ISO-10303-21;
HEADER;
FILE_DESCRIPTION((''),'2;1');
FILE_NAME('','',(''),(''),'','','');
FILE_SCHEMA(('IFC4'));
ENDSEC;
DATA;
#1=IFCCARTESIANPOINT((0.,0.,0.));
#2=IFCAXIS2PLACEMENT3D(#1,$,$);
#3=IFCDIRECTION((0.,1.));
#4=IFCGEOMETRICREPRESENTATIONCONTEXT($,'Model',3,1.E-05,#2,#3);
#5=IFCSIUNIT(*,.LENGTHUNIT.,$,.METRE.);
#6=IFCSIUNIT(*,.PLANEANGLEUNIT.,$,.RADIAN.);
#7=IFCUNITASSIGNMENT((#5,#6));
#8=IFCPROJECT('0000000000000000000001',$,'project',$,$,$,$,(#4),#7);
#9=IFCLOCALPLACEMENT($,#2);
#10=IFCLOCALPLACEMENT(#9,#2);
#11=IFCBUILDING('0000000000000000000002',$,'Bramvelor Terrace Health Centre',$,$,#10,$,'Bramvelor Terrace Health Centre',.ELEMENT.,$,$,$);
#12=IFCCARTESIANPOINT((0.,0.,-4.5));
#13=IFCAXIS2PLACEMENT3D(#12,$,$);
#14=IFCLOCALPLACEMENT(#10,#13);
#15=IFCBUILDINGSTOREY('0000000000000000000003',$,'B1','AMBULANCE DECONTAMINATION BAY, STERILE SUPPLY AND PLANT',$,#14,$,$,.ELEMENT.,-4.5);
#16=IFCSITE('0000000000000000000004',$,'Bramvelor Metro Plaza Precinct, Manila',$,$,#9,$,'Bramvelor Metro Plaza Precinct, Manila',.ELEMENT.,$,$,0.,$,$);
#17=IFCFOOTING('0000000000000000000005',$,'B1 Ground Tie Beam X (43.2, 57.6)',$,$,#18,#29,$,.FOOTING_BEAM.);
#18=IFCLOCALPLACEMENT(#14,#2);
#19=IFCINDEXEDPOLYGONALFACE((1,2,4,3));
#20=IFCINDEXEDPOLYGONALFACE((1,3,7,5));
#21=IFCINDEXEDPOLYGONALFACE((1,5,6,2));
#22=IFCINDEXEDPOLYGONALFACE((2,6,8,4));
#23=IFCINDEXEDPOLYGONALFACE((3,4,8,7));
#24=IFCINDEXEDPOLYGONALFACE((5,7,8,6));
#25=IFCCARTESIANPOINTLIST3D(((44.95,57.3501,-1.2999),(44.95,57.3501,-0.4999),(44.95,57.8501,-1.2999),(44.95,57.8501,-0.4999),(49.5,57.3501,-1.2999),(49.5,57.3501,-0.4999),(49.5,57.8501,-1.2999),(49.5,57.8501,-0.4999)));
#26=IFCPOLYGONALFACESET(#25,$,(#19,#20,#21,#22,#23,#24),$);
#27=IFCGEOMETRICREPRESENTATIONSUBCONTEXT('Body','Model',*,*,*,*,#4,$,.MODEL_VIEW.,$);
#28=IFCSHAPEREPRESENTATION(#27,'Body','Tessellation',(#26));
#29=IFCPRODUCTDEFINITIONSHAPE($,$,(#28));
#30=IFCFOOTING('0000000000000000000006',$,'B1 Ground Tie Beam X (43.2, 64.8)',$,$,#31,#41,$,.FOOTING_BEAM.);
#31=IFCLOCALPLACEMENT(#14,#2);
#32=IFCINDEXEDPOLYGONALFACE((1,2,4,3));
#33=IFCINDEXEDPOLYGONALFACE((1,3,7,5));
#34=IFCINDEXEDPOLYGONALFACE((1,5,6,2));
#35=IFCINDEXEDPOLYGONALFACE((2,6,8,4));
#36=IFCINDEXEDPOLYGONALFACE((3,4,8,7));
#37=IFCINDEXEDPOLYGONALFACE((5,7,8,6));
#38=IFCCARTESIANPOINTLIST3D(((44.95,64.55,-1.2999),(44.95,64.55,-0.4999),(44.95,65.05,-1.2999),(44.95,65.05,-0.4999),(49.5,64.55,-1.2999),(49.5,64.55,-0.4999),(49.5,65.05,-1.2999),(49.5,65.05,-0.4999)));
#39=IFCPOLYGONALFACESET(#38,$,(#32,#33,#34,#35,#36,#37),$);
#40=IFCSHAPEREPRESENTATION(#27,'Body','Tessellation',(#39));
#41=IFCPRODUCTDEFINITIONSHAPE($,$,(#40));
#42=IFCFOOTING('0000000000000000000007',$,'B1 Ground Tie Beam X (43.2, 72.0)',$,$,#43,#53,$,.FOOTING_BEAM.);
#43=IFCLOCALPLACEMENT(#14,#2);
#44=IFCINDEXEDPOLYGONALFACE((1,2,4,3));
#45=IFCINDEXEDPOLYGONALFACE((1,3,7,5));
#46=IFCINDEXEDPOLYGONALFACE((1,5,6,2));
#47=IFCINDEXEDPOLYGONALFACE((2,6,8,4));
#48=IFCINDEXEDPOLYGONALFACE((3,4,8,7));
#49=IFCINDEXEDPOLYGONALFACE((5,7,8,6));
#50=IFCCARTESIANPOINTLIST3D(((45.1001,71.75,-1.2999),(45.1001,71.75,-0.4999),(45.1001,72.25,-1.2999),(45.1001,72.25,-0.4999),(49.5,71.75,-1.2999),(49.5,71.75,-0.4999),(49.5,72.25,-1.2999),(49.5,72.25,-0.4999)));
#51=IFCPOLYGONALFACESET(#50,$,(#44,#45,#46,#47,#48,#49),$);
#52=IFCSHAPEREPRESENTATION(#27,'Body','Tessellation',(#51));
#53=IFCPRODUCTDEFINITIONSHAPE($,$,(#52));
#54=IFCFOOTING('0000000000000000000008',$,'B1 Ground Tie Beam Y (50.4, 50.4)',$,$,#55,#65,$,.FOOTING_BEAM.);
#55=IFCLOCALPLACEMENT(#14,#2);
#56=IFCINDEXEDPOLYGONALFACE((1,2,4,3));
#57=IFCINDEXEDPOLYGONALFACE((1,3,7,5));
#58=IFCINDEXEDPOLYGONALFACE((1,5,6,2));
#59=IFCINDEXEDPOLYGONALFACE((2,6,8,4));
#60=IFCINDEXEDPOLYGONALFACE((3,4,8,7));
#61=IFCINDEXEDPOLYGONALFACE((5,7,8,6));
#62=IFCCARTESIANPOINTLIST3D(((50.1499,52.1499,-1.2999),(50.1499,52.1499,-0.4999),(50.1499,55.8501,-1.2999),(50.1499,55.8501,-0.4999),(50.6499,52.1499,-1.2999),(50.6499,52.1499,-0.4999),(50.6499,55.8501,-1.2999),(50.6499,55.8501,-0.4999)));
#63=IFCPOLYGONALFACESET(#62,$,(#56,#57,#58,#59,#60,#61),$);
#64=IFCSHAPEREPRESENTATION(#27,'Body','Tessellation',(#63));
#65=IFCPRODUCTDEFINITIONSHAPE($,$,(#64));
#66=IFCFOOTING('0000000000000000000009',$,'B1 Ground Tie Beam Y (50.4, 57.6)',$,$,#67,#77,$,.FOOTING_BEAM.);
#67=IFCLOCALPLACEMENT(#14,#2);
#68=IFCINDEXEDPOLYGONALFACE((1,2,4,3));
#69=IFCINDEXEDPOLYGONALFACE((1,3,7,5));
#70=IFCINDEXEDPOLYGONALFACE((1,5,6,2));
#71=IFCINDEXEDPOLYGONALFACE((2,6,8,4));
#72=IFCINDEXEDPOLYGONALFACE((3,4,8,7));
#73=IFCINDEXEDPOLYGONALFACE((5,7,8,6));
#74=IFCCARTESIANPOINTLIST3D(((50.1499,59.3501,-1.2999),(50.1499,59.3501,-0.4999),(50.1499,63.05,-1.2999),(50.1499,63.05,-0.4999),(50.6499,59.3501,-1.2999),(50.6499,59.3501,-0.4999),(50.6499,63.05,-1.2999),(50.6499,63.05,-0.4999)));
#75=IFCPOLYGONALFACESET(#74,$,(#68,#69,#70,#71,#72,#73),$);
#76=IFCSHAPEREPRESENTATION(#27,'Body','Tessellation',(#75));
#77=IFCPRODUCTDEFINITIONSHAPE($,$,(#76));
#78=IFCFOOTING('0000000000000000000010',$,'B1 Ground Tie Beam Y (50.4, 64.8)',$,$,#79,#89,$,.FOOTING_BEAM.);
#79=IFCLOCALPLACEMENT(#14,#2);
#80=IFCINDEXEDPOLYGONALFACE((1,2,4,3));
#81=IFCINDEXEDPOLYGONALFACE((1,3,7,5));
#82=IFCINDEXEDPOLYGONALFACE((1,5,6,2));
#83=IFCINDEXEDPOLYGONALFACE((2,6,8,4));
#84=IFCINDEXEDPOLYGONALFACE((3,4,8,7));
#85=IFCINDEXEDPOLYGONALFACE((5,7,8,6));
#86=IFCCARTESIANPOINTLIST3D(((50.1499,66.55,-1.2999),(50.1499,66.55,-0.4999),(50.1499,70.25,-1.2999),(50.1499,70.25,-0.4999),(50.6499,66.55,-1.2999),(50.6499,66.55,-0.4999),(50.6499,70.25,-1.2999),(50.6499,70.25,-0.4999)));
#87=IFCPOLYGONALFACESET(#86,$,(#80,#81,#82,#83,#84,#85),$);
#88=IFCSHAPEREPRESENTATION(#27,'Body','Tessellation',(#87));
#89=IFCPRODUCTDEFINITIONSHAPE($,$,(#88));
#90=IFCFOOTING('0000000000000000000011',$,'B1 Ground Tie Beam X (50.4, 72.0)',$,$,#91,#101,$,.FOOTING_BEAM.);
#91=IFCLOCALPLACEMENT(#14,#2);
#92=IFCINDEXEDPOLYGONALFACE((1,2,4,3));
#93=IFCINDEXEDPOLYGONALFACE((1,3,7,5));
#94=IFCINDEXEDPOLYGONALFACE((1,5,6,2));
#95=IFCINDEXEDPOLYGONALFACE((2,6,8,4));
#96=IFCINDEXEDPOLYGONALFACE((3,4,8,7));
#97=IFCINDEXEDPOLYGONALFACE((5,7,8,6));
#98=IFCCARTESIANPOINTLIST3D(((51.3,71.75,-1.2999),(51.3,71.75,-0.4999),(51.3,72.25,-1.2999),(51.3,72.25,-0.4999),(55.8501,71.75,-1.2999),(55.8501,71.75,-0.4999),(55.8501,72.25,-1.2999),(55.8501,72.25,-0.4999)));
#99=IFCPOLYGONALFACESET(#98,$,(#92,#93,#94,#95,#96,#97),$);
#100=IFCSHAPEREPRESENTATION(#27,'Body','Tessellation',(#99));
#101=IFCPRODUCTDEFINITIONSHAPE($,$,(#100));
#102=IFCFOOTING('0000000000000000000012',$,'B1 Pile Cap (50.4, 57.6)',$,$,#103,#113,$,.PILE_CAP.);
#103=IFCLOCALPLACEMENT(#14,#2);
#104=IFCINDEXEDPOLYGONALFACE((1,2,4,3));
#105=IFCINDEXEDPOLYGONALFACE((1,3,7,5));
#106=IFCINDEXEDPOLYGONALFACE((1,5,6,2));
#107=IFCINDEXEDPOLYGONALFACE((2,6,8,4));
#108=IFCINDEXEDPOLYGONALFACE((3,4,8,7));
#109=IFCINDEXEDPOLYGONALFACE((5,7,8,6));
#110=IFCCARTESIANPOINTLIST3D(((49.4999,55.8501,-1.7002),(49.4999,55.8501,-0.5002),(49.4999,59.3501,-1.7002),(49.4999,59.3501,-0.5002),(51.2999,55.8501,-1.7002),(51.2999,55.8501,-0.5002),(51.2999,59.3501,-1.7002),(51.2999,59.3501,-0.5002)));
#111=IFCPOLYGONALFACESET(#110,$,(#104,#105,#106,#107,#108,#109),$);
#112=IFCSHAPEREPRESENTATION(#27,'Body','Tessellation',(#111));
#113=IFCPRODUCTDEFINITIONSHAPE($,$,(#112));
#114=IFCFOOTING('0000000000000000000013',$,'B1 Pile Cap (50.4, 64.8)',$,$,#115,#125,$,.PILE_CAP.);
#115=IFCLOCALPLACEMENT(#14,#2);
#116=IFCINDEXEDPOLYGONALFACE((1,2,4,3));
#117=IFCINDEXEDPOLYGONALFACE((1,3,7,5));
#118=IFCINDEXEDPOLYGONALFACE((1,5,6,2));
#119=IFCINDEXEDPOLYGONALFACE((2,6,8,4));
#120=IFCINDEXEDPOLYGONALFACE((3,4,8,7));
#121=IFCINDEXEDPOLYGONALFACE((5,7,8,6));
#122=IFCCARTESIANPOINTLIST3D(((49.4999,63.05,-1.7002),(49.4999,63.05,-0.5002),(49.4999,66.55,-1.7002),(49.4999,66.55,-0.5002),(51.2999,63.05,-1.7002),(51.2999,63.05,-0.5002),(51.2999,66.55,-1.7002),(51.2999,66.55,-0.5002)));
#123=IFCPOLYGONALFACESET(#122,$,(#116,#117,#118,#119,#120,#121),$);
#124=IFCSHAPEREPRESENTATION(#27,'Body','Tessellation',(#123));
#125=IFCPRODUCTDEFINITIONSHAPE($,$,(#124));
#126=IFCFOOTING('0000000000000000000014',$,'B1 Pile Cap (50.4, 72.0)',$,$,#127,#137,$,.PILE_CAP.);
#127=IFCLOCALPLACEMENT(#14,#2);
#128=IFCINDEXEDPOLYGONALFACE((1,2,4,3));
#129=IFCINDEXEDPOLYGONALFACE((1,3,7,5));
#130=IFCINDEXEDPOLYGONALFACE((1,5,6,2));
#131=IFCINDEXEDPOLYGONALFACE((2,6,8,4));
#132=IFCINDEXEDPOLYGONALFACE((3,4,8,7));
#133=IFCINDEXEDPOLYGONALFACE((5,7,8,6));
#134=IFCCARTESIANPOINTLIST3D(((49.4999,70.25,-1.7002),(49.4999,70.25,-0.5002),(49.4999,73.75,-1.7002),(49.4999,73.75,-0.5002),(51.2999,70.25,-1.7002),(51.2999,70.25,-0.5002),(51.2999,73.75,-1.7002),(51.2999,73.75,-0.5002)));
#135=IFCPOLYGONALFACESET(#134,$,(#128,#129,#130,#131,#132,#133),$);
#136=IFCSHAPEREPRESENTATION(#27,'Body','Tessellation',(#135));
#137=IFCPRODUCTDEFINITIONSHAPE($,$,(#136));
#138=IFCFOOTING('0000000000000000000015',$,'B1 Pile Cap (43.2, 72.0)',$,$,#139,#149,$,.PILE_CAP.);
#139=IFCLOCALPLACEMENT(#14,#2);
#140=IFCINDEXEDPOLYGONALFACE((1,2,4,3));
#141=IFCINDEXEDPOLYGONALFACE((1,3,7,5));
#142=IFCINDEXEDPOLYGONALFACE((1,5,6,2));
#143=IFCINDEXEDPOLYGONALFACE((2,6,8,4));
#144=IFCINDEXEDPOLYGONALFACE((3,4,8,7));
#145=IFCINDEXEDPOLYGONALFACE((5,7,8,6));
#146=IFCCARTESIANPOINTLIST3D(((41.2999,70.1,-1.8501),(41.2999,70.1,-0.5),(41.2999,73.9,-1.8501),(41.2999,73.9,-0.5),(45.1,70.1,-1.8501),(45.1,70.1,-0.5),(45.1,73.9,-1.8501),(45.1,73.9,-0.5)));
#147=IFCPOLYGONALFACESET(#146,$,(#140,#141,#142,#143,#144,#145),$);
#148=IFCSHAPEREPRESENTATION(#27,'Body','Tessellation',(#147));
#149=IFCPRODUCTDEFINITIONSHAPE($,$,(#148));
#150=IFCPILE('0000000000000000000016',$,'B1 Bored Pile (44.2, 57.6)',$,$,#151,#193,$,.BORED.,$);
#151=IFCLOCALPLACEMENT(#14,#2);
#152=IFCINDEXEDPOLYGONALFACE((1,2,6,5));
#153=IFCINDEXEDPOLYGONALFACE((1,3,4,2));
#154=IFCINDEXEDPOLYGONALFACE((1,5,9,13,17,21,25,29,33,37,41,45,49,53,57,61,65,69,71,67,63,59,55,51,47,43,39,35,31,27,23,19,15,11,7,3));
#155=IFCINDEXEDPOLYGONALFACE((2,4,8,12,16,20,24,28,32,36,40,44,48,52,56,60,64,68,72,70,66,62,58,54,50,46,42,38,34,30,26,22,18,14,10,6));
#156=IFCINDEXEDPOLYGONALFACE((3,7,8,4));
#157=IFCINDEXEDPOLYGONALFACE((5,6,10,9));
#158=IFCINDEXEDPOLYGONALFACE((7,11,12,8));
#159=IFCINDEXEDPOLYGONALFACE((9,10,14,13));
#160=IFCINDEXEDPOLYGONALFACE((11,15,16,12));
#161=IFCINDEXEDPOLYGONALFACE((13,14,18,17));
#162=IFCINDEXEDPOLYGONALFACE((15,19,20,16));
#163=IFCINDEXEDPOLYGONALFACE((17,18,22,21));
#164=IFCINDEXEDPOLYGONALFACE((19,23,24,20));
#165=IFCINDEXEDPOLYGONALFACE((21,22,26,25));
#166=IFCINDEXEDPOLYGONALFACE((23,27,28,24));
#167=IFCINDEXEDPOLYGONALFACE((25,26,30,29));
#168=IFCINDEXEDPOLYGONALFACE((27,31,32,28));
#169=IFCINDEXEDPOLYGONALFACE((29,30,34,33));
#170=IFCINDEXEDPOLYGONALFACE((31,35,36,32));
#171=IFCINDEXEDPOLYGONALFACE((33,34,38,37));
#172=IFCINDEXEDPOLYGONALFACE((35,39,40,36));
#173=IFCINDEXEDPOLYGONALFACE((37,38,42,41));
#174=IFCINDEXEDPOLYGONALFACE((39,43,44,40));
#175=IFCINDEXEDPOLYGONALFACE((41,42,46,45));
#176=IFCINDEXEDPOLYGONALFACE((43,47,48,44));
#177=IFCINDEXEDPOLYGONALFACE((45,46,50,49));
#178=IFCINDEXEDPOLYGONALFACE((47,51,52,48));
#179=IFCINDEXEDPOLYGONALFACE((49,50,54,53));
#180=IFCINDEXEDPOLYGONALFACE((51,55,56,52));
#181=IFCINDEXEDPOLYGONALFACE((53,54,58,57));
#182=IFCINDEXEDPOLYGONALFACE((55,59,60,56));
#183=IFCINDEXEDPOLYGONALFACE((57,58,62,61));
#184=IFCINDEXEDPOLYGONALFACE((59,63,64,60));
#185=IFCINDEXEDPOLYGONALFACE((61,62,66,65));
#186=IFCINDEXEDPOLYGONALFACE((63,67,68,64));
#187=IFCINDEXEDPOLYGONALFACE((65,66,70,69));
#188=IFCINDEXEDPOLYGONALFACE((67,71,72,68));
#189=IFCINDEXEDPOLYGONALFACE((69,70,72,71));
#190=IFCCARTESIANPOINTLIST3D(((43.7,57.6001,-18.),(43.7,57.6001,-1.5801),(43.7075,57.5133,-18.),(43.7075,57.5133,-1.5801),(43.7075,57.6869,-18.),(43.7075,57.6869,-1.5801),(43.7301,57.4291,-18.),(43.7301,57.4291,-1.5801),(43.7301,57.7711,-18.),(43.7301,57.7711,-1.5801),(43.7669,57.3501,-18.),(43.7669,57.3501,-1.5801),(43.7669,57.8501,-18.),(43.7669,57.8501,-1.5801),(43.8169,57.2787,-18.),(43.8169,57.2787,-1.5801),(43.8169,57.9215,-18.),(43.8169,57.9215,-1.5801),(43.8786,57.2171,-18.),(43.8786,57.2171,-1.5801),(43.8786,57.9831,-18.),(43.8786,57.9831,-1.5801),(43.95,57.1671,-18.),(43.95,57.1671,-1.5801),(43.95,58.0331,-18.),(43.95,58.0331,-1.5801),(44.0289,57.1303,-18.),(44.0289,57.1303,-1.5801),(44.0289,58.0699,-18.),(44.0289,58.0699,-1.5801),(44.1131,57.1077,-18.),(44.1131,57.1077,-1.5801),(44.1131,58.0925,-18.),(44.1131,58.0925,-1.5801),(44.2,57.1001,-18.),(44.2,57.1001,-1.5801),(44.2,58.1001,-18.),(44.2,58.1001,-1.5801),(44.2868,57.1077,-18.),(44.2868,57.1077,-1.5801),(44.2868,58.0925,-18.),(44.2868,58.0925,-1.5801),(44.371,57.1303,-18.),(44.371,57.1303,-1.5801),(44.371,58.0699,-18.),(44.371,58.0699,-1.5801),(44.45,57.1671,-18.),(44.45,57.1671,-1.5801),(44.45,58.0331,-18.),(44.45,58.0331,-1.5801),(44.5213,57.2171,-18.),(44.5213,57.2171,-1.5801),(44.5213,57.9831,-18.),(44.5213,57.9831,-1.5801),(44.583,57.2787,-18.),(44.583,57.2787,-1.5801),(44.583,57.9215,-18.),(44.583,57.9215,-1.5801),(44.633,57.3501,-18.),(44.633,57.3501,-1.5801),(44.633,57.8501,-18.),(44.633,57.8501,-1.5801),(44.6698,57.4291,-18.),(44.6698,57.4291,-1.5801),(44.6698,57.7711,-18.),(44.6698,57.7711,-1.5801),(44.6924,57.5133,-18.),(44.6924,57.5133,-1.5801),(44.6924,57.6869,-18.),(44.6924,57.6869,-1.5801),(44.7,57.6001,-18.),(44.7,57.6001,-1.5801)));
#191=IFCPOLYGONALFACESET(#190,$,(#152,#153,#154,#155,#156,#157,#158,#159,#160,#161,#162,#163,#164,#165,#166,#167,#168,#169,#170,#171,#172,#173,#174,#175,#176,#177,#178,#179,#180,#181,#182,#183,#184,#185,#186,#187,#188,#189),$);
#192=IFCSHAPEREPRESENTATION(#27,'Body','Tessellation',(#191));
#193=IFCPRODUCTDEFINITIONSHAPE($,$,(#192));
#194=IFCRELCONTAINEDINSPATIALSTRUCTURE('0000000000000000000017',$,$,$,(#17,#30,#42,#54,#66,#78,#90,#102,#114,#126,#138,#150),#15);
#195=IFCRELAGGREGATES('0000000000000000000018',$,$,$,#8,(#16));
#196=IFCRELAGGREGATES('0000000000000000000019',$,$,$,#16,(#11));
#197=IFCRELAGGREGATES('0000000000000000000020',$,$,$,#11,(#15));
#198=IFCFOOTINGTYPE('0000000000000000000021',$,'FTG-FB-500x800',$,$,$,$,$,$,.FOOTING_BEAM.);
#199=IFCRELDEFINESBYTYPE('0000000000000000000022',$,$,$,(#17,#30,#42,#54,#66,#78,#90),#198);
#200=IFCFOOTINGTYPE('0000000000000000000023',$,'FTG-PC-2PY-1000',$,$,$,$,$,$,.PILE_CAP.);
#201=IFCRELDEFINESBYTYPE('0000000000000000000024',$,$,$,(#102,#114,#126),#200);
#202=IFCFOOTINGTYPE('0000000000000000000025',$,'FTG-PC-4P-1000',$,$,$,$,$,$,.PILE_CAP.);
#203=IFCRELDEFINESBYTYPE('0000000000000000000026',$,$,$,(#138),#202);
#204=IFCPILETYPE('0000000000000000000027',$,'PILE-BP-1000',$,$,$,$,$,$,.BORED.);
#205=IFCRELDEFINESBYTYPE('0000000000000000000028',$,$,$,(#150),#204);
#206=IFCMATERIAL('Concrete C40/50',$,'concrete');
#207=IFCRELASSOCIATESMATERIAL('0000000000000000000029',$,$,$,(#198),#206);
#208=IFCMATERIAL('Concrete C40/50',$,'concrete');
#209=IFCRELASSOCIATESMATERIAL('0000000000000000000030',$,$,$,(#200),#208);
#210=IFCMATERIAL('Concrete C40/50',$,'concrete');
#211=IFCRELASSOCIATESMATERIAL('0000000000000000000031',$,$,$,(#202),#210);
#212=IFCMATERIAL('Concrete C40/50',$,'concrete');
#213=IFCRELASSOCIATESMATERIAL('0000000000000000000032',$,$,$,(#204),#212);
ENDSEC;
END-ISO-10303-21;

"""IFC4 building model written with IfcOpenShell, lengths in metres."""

from ifc_helpers import new_model, si_unit, direction, frame, origin, origin_2d, place, context, subcontext, project, spatial, rectangle, circle, extrude, material, material_profile, profile_set, type_object, element, save


model = new_model("IFC4")

# Units and contexts
model_context = context("Model", 3, precision=1e-05, world=origin(), true_north=direction((0.0, 1.0)))
body_context = subcontext(model_context, "Body", "Model", "MODEL_VIEW")
ifc_project = project(units=[si_unit("LENGTHUNIT", "METRE"), si_unit("PLANEANGLEUNIT", "RADIAN")], contexts=[model_context])

# Site, building, storey
site_placement = place(None, origin())
site = spatial("IfcSite", under=ifc_project, at=site_placement, Name="Bramvelor Metro Plaza Precinct, Manila", LongName="Bramvelor Metro Plaza Precinct, Manila", CompositionType="ELEMENT", RefElevation=0.0)
building_placement = place(site_placement, origin())
building = spatial("IfcBuilding", under=site, at=building_placement, Name="Bramvelor Terrace Health Centre", LongName="Bramvelor Terrace Health Centre", CompositionType="ELEMENT")
storey_placement = place(building_placement, frame((0.0, 0.0, -4.5)))
storey = spatial("IfcBuildingStorey", under=building, at=storey_placement, Name="B1", Description="AMBULANCE DECONTAMINATION BAY, STERILE SUPPLY AND PLANT", CompositionType="ELEMENT", Elevation=-4.5)

# Footings
ifc_material_1 = material(Name="Concrete C40/50", Category="concrete")
ifc_material_profile_1 = material_profile(ifc_material_1, rectangle(XDim=0.5, YDim=0.8, at=origin_2d()), Name="RC 500x800")
ifc_profile_set_1 = profile_set([ifc_material_profile_1], Name="Concrete C40/50")
footing_type_1 = type_object("IfcFootingType", Name="FTG-FB-500x800", PredefinedType="FOOTING_BEAM", material=ifc_profile_set_1)
for number, where, z_axis, x_axis, name in (
    (1, (44.95, 57.6001, -0.8999), (1.0, 0.0, 0.0), (0.0, 1.0, 0.0), "B1 Ground Tie Beam X (43.2, 57.6)"),
    (2, (44.95, 64.8, -0.8999), (1.0, 0.0, 0.0), (0.0, 1.0, 0.0), "B1 Ground Tie Beam X (43.2, 64.8)"),
):
    element("IfcFooting", number, at=place(storey_placement, frame(where, z_axis=z_axis, x_axis=x_axis)), inside=storey, type_object=footing_type_1, Name=name, PredefinedType="FOOTING_BEAM", context=body_context, shape_type="SweptSolid", body=[
        extrude(rectangle(XDim=0.5, YDim=0.8, at=origin_2d()), origin(), (0.0, 0.0, 1.0), 4.55),
    ])
footing_1_placement = place(storey_placement, frame((45.1001, 72.0, -0.8999), z_axis=(1.0, 0.0, 0.0), x_axis=(0.0, 1.0, 0.0)))
element("IfcFooting", 3, at=footing_1_placement, inside=storey, type_object=footing_type_1, Name="B1 Ground Tie Beam X (43.2, 72.0)", PredefinedType="FOOTING_BEAM", context=body_context, shape_type="SweptSolid", body=[
    extrude(rectangle(XDim=0.5, YDim=0.8, at=origin_2d()), origin(), (0.0, 0.0, 1.0), 4.3999),
])
footing_2_placement = place(storey_placement, frame((50.3999, 52.1499, -0.8999), z_axis=(0.0, 1.0, 0.0), x_axis=(-1.0, 0.0, 0.0)))
element("IfcFooting", 4, at=footing_2_placement, inside=storey, type_object=footing_type_1, Name="B1 Ground Tie Beam Y (50.4, 50.4)", PredefinedType="FOOTING_BEAM", context=body_context, shape_type="SweptSolid", body=[
    extrude(rectangle(XDim=0.5, YDim=0.8, at=origin_2d()), origin(), (0.0, 0.0, 1.0), 3.7002),
])
for number, where, z_axis, x_axis, name in (
    (5, (50.3999, 59.3501, -0.8999), (0.0, 1.0, 0.0), (-1.0, 0.0, 0.0), "B1 Ground Tie Beam Y (50.4, 57.6)"),
    (6, (50.3999, 66.55, -0.8999), (0.0, 1.0, 0.0), (-1.0, 0.0, 0.0), "B1 Ground Tie Beam Y (50.4, 64.8)"),
):
    element("IfcFooting", number, at=place(storey_placement, frame(where, z_axis=z_axis, x_axis=x_axis)), inside=storey, type_object=footing_type_1, Name=name, PredefinedType="FOOTING_BEAM", context=body_context, shape_type="SweptSolid", body=[
        extrude(rectangle(XDim=0.5, YDim=0.8, at=origin_2d()), origin(), (0.0, 0.0, 1.0), 3.7),
    ])
footing_3_placement = place(storey_placement, frame((51.3, 72.0, -0.8999), z_axis=(1.0, 0.0, 0.0), x_axis=(0.0, 1.0, 0.0)))
element("IfcFooting", 7, at=footing_3_placement, inside=storey, type_object=footing_type_1, Name="B1 Ground Tie Beam X (50.4, 72.0)", PredefinedType="FOOTING_BEAM", context=body_context, shape_type="SweptSolid", body=[
    extrude(rectangle(XDim=0.5, YDim=0.8, at=origin_2d()), origin(), (0.0, 0.0, 1.0), 4.55),
])
ifc_material_2 = material(Name="Concrete C40/50", Category="concrete")
footing_type_2 = type_object("IfcFootingType", Name="FTG-PC-2PY-1000", PredefinedType="PILE_CAP", material=ifc_material_2)
for number, where, z_axis, x_axis, name in (
    (8, (50.3999, 57.6001, -1.7002), (0.0, 0.0, 1.0), (1.0, 0.0, 0.0), "B1 Pile Cap (50.4, 57.6)"),
    (9, (50.3999, 64.8, -1.7002), (0.0, 0.0, 1.0), (1.0, 0.0, 0.0), "B1 Pile Cap (50.4, 64.8)"),
    (10, (50.3999, 72.0, -1.7002), (0.0, 0.0, 1.0), (1.0, 0.0, 0.0), "B1 Pile Cap (50.4, 72.0)"),
):
    element("IfcFooting", number, at=place(storey_placement, frame(where, z_axis=z_axis, x_axis=x_axis)), inside=storey, type_object=footing_type_2, Name=name, PredefinedType="PILE_CAP", context=body_context, shape_type="SweptSolid", body=[
        extrude(rectangle(XDim=1.8, YDim=3.5, at=origin_2d()), origin(), (0.0, 0.0, 1.0), 1.2),
    ])
ifc_material_3 = material(Name="Concrete C40/50", Category="concrete")
footing_type_3 = type_object("IfcFootingType", Name="FTG-PC-4P-1000", PredefinedType="PILE_CAP", material=ifc_material_3)
footing_4_placement = place(storey_placement, frame((43.2, 72.0, -1.8501), z_axis=(0.0, 0.0, 1.0), x_axis=(1.0, 0.0, 0.0)))
element("IfcFooting", 11, at=footing_4_placement, inside=storey, type_object=footing_type_3, Name="B1 Pile Cap (43.2, 72.0)", PredefinedType="PILE_CAP", context=body_context, shape_type="SweptSolid", body=[
    extrude(rectangle(XDim=3.8, YDim=3.8, at=origin_2d()), origin(), (0.0, 0.0, 1.0), 1.3501),
])

# Pile
ifc_material_4 = material(Name="Concrete C40/50", Category="concrete")
ifc_material_profile_2 = material_profile(ifc_material_4, circle(Radius=0.5, at=origin_2d()), Name="BP D1000")
ifc_profile_set_2 = profile_set([ifc_material_profile_2], Name="Concrete C40/50")
pile_type = type_object("IfcPileType", Name="PILE-BP-1000", PredefinedType="BORED", material=ifc_profile_set_2)
for number, where, z_axis, x_axis, name in (
    (12, (44.2, 57.6001, -1.5801), (0.0, 0.0, -1.0), (1.0, 0.0, 0.0), "B1 Bored Pile (44.2, 57.6)"),
):
    element("IfcPile", number, at=place(storey_placement, frame(where, z_axis=z_axis, x_axis=x_axis)), inside=storey, type_object=pile_type, Name=name, PredefinedType="BORED", context=body_context, shape_type="SweptSolid", body=[
        extrude(circle(Radius=0.5, at=origin_2d()), origin(), (0.0, 0.0, 1.0), 16.4199),
    ])

save(model, "model.ifc")
